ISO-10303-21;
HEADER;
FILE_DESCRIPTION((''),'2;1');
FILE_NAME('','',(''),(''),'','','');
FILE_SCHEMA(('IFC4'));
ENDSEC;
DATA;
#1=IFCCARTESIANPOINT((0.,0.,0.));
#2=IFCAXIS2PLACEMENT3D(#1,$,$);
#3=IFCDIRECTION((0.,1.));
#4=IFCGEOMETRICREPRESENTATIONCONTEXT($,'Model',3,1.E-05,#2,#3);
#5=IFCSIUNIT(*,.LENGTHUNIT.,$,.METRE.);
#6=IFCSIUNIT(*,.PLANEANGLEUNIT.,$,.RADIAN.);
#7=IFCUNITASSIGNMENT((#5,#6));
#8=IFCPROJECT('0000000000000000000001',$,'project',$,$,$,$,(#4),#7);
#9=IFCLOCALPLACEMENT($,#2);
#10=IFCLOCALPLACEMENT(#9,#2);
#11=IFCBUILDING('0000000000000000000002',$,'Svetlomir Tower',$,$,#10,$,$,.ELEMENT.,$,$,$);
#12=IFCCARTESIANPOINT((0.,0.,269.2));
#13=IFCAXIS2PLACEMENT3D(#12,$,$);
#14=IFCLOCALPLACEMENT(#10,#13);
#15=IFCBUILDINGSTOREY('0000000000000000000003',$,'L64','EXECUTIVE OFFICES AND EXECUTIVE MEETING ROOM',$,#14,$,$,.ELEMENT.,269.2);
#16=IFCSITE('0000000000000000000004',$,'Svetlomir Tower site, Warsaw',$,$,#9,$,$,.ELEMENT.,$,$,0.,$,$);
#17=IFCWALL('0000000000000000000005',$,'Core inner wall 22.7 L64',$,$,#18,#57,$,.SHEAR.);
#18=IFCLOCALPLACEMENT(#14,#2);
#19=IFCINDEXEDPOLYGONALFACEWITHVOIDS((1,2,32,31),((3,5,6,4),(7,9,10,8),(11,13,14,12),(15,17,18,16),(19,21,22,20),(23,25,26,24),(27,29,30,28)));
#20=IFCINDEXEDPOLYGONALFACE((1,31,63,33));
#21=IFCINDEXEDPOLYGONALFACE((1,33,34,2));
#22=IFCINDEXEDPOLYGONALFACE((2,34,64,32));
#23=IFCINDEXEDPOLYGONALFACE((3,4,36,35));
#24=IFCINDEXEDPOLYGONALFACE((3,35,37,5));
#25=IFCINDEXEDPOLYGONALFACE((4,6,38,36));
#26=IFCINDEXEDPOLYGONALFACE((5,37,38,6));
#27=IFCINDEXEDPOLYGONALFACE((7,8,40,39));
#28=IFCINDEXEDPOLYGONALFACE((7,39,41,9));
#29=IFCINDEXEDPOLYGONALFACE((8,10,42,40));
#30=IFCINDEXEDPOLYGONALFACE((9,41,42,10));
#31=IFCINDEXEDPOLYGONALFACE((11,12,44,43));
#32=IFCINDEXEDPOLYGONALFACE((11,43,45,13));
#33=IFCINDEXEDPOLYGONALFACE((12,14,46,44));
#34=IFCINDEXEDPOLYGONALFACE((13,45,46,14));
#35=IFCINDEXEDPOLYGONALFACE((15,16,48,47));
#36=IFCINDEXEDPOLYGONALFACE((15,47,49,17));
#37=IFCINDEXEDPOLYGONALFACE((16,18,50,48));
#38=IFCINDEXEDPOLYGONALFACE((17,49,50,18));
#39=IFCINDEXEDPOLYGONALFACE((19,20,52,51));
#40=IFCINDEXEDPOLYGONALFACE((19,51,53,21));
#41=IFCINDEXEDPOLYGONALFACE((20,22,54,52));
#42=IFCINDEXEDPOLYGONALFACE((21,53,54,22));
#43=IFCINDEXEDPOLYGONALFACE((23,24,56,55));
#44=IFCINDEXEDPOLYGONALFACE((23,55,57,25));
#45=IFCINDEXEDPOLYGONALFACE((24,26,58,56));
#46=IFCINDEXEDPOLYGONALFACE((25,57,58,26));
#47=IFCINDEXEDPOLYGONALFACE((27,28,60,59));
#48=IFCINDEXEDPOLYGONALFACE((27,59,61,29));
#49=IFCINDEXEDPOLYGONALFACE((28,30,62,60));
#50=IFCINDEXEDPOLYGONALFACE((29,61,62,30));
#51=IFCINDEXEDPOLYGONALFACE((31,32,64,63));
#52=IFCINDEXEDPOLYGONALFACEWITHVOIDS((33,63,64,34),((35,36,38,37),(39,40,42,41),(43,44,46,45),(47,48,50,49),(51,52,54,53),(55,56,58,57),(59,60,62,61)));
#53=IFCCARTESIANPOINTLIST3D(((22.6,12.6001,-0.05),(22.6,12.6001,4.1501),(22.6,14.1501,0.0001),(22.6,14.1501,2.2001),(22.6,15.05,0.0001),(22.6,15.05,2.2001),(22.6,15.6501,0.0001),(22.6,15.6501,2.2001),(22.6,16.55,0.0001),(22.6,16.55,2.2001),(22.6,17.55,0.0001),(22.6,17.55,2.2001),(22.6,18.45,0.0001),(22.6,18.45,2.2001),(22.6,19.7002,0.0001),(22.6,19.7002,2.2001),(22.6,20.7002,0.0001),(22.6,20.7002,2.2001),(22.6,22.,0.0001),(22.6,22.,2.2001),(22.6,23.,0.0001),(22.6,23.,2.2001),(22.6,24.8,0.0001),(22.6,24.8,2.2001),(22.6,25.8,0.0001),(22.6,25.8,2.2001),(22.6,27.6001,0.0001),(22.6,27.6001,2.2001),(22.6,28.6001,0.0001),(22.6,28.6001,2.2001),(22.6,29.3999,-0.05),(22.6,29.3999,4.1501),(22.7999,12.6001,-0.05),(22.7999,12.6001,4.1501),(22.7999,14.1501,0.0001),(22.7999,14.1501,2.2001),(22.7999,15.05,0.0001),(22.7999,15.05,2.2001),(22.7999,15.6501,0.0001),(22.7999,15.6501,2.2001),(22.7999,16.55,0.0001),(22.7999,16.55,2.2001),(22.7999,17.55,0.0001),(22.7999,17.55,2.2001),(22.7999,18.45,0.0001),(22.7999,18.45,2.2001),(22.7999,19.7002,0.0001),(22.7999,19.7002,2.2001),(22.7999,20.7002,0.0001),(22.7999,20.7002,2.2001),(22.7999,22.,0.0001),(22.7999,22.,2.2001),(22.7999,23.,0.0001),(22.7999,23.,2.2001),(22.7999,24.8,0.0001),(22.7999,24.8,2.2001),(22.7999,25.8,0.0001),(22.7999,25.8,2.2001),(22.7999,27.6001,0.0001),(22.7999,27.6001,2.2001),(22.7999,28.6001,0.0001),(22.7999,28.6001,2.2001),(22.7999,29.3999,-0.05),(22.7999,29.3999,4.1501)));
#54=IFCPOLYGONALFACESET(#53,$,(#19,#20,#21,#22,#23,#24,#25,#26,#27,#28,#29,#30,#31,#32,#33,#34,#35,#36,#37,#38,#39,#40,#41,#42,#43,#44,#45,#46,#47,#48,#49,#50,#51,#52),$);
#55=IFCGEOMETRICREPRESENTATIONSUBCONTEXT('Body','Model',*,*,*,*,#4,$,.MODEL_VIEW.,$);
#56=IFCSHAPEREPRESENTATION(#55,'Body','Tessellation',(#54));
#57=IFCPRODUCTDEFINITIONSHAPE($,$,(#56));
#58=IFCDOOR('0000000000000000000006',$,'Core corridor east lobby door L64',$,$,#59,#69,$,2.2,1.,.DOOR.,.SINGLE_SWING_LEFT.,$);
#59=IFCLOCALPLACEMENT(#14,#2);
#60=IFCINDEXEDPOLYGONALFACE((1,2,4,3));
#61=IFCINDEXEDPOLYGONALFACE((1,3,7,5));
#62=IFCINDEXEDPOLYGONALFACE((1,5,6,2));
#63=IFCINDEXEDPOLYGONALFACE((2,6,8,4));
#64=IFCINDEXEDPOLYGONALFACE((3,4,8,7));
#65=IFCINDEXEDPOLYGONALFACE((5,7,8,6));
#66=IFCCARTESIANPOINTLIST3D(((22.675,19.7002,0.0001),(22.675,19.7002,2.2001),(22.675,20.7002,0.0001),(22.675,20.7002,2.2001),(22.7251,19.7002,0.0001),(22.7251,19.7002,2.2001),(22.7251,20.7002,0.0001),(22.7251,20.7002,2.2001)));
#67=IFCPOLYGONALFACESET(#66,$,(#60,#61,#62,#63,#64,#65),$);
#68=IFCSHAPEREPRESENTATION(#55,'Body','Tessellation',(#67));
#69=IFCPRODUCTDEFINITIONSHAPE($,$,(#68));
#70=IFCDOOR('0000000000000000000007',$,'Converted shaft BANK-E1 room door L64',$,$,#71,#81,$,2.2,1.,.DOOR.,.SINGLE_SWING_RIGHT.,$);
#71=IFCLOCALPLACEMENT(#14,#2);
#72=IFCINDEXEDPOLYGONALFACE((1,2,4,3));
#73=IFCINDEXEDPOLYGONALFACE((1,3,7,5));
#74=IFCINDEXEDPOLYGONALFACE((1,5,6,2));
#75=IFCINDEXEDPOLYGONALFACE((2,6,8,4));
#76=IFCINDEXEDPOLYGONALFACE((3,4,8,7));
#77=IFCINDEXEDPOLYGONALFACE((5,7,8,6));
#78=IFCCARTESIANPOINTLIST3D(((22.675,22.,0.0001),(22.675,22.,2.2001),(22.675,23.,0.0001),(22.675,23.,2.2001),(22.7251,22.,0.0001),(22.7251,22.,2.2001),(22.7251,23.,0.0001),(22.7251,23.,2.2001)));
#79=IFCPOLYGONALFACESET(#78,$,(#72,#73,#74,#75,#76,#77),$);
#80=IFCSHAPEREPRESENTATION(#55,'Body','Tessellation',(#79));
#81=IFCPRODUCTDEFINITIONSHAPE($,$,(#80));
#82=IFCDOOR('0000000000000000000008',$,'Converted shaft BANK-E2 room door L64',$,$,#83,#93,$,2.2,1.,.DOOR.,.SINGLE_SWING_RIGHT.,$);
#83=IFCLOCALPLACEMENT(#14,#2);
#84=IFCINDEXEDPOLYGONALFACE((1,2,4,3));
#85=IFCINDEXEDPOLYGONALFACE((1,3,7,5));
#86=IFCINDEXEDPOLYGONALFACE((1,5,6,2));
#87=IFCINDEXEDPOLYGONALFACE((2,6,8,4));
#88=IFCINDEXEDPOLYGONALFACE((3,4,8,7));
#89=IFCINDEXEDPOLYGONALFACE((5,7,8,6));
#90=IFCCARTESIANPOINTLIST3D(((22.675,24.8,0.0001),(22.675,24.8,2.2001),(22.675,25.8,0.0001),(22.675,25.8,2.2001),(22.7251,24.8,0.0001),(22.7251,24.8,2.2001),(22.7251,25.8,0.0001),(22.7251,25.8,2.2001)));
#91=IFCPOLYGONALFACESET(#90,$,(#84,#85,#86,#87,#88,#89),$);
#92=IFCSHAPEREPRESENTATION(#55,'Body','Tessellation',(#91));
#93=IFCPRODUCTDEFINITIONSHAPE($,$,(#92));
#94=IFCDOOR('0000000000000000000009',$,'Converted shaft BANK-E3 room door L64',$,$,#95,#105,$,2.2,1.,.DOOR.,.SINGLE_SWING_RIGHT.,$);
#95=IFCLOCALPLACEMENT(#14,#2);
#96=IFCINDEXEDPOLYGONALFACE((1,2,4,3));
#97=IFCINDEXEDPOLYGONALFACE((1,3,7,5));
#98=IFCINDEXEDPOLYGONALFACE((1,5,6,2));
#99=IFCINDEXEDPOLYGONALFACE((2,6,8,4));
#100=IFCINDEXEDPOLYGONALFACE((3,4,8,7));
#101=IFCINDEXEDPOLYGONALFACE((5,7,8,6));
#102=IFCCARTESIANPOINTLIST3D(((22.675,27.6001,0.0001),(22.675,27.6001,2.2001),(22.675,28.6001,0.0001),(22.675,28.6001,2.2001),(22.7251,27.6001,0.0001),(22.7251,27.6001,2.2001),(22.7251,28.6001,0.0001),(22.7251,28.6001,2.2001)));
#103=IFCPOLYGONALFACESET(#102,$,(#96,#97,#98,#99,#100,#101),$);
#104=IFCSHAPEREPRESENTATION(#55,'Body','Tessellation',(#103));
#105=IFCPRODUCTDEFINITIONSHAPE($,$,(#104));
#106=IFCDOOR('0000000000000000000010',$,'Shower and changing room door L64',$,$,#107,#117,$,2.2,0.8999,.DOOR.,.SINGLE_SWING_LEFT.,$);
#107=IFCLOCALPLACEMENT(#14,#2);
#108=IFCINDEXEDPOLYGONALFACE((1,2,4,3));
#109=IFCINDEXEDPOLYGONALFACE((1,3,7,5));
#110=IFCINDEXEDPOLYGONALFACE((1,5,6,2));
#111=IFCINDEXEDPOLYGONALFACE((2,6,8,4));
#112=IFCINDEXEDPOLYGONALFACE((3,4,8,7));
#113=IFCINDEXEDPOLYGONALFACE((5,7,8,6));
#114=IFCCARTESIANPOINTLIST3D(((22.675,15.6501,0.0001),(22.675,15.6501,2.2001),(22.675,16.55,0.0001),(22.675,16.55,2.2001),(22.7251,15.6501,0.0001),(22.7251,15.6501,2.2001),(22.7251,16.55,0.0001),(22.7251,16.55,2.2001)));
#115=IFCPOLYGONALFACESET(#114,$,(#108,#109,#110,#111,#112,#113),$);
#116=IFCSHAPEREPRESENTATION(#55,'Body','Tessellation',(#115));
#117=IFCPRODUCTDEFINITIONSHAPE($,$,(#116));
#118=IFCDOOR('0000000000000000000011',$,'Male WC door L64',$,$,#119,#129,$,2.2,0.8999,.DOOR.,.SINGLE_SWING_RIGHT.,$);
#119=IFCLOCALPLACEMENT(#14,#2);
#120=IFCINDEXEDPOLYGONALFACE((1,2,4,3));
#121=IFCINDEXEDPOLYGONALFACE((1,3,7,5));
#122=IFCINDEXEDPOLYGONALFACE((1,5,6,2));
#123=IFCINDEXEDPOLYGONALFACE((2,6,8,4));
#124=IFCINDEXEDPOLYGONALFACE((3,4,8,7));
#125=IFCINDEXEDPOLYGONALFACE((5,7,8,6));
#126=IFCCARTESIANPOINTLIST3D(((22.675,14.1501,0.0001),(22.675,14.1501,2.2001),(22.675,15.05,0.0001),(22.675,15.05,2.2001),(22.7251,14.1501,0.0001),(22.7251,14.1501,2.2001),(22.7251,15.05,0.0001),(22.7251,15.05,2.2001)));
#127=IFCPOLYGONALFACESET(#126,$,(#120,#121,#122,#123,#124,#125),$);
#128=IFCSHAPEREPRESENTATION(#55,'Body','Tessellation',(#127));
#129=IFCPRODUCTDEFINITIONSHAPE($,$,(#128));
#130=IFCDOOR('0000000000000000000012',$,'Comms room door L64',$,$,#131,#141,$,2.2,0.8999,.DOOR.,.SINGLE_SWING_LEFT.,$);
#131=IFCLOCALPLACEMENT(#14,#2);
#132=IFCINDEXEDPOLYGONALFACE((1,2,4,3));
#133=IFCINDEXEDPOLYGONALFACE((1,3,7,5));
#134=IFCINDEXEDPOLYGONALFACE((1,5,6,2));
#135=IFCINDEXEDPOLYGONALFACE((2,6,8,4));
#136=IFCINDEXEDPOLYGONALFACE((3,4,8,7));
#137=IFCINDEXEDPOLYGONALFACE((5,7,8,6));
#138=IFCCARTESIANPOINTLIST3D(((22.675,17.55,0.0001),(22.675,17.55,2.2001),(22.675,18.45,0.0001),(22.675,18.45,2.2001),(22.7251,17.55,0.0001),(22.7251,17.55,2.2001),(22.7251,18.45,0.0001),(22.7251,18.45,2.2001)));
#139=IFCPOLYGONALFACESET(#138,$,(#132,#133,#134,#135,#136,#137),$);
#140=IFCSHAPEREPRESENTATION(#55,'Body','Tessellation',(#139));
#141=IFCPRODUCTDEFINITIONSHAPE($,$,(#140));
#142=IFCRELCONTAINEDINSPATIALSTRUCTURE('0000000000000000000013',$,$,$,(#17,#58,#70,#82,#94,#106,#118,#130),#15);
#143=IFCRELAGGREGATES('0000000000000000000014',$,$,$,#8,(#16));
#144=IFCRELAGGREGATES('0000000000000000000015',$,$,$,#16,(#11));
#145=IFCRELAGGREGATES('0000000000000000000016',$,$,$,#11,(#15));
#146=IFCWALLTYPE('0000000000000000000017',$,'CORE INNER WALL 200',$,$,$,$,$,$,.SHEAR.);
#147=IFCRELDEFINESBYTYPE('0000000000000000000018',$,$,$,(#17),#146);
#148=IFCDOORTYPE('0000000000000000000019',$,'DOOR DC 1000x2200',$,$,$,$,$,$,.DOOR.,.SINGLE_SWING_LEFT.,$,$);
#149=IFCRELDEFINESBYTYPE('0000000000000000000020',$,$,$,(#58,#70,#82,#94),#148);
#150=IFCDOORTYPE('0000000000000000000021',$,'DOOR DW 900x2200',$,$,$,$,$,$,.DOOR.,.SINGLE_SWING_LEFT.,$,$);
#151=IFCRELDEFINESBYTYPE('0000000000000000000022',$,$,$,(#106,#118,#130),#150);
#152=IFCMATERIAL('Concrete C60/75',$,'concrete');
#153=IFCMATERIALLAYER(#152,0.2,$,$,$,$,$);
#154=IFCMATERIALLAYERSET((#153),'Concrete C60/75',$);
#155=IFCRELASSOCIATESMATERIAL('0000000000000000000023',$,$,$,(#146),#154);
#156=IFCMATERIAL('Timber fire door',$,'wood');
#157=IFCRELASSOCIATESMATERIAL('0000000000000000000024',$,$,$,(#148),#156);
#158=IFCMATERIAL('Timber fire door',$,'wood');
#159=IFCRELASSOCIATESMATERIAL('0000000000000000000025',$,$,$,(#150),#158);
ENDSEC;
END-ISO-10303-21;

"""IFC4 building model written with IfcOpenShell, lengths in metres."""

from ifc_helpers import new_model, si_unit, direction, frame, frame_2d, origin, place, context, subcontext, project, spatial, rectangle, extrude, material, layer, layer_set, type_object, element, fill, save


model = new_model("IFC4")

# Units and contexts
model_context = context("Model", 3, precision=1e-05, world=origin(), true_north=direction((0.0, 1.0)))
body_context = subcontext(model_context, "Body", "Model", "MODEL_VIEW")
ifc_project = project(units=[si_unit("LENGTHUNIT", "METRE"), si_unit("PLANEANGLEUNIT", "RADIAN")], contexts=[model_context])

# Site, building, storey
site_placement = place(None, origin())
site = spatial("IfcSite", under=ifc_project, at=site_placement, Name="Svetlomir Tower site, Warsaw", CompositionType="ELEMENT", RefElevation=0.0)
building_placement = place(site_placement, origin())
building = spatial("IfcBuilding", under=site, at=building_placement, Name="Svetlomir Tower", CompositionType="ELEMENT")
storey_placement = place(building_placement, frame((0.0, 0.0, 269.2)))
storey = spatial("IfcBuildingStorey", under=building, at=storey_placement, Name="L64", Description="EXECUTIVE OFFICES AND EXECUTIVE MEETING ROOM", CompositionType="ELEMENT", Elevation=269.2)

# Wall, openings, doors
ifc_material_1 = material(Name="Concrete C60/75", Category="concrete")
ifc_layer_1 = layer(ifc_material_1, 0.2)
ifc_layer_set_1 = layer_set([ifc_layer_1], Name="Concrete C60/75")
wall_type_1 = type_object("IfcWallType", Name="CORE INNER WALL 200", PredefinedType="SHEAR", material=ifc_layer_set_1)
wall_1_placement = place(storey_placement, frame((22.7, 12.6001, -0.05), z_axis=(0.0, 0.0, 1.0), x_axis=(0.0, 1.0, 0.0)))
wall_1 = element("IfcWall", 1, at=wall_1_placement, inside=storey, type_object=wall_type_1, Name="Core inner wall 22.7 L64", PredefinedType="SHEAR", context=body_context, shape_type="SweptSolid", body=[
    extrude(rectangle(XDim=16.7998, YDim=0.2, at=frame_2d((8.3999, 0.0))), origin(), (0.0, 0.0, 1.0), 4.2002),
])
opening_1_placement = place(wall_1_placement, frame((3.05, 0.0, 0.05)))
opening_1 = element("IfcOpeningElement", 2, at=opening_1_placement, cuts=wall_1, PredefinedType="OPENING", context=body_context, shape_type="SweptSolid", body=[
    extrude(rectangle(XDim=0.8999, YDim=2.2, at=frame_2d((0.45, 1.1001))), frame((0.0, 0.1099, 0.0), z_axis=(0.0, -1.0, 0.0), x_axis=(1.0, 0.0, 0.0)), (0.0, 0.0, 1.0), 0.22),
])
opening_2_placement = place(wall_1_placement, frame((7.1001, 0.0, 0.05)))
opening_2 = element("IfcOpeningElement", 3, at=opening_2_placement, cuts=wall_1, PredefinedType="OPENING", context=body_context, shape_type="SweptSolid", body=[
    extrude(rectangle(XDim=1.0, YDim=2.2, at=frame_2d((0.5, 1.1001))), frame((0.0, 0.1099, 0.0), z_axis=(0.0, -1.0, 0.0), x_axis=(1.0, 0.0, 0.0)), (0.0, 0.0, 1.0), 0.22),
])
opening_3_placement = place(wall_1_placement, frame((1.55, 0.0, 0.05)))
opening_3 = element("IfcOpeningElement", 4, at=opening_3_placement, cuts=wall_1, PredefinedType="OPENING", context=body_context, shape_type="SweptSolid", body=[
    extrude(rectangle(XDim=0.8999, YDim=2.2, at=frame_2d((0.45, 1.1001))), frame((0.0, 0.1099, 0.0), z_axis=(0.0, -1.0, 0.0), x_axis=(1.0, 0.0, 0.0)), (0.0, 0.0, 1.0), 0.22),
])
opening_4_placement = place(wall_1_placement, frame((4.95, 0.0, 0.05)))
opening_4 = element("IfcOpeningElement", 5, at=opening_4_placement, cuts=wall_1, PredefinedType="OPENING", context=body_context, shape_type="SweptSolid", body=[
    extrude(rectangle(XDim=0.8999, YDim=2.2, at=frame_2d((0.45, 1.1001))), frame((0.0, 0.1099, 0.0), z_axis=(0.0, -1.0, 0.0), x_axis=(1.0, 0.0, 0.0)), (0.0, 0.0, 1.0), 0.22),
])
opening_5_placement = place(wall_1_placement, frame((9.3999, 0.0, 0.05)))
opening_5 = element("IfcOpeningElement", 6, at=opening_5_placement, cuts=wall_1, PredefinedType="OPENING", context=body_context, shape_type="SweptSolid", body=[
    extrude(rectangle(XDim=1.0, YDim=2.2, at=frame_2d((0.5, 1.1001))), frame((0.0, 0.1099, 0.0), z_axis=(0.0, -1.0, 0.0), x_axis=(1.0, 0.0, 0.0)), (0.0, 0.0, 1.0), 0.22),
])
opening_6_placement = place(wall_1_placement, frame((12.2, 0.0, 0.05)))
opening_6 = element("IfcOpeningElement", 7, at=opening_6_placement, cuts=wall_1, PredefinedType="OPENING", context=body_context, shape_type="SweptSolid", body=[
    extrude(rectangle(XDim=1.0, YDim=2.2, at=frame_2d((0.5, 1.1001))), frame((0.0, 0.1099, 0.0), z_axis=(0.0, -1.0, 0.0), x_axis=(1.0, 0.0, 0.0)), (0.0, 0.0, 1.0), 0.22),
])
opening_7_placement = place(wall_1_placement, frame((15.0, 0.0, 0.05)))
opening_7 = element("IfcOpeningElement", 8, at=opening_7_placement, cuts=wall_1, PredefinedType="OPENING", context=body_context, shape_type="SweptSolid", body=[
    extrude(rectangle(XDim=1.0, YDim=2.2, at=frame_2d((0.5, 1.1001))), frame((0.0, 0.1099, 0.0), z_axis=(0.0, -1.0, 0.0), x_axis=(1.0, 0.0, 0.0)), (0.0, 0.0, 1.0), 0.22),
])
ifc_material_2 = material(Name="Timber fire door", Category="wood")
door_type_1 = type_object("IfcDoorType", Name="DOOR DC 1000x2200", OperationType="SINGLE_SWING_LEFT", PredefinedType="DOOR", material=ifc_material_2)
door_1_placement = place(opening_2_placement, origin())
door_1 = element("IfcDoor", 9, at=door_1_placement, inside=storey, type_object=door_type_1, Name="Core corridor east lobby door L64", OperationType="SINGLE_SWING_LEFT", OverallHeight=2.2, OverallWidth=1.0, PredefinedType="DOOR", context=body_context, shape_type="SweptSolid", body=[
    extrude(rectangle(XDim=1.0, YDim=2.2, at=frame_2d((0.5, 1.1001))), frame((0.0, 0.0249, 0.0), z_axis=(0.0, -1.0, 0.0), x_axis=(1.0, 0.0, 0.0)), (0.0, 0.0, 1.0), 0.05),
])
fill(opening_2, door_1)
door_2_placement = place(opening_5_placement, origin())
door_2 = element("IfcDoor", 10, at=door_2_placement, inside=storey, type_object=door_type_1, Name="Converted shaft BANK-E1 room door L64", OperationType="SINGLE_SWING_RIGHT", OverallHeight=2.2, OverallWidth=1.0, PredefinedType="DOOR", context=body_context, shape_type="SweptSolid", body=[
    extrude(rectangle(XDim=1.0, YDim=2.2, at=frame_2d((0.5, 1.1001))), frame((0.0, 0.0249, 0.0), z_axis=(0.0, -1.0, 0.0), x_axis=(1.0, 0.0, 0.0)), (0.0, 0.0, 1.0), 0.05),
])
fill(opening_5, door_2)
door_3_placement = place(opening_6_placement, origin())
door_3 = element("IfcDoor", 11, at=door_3_placement, inside=storey, type_object=door_type_1, Name="Converted shaft BANK-E2 room door L64", OperationType="SINGLE_SWING_RIGHT", OverallHeight=2.2, OverallWidth=1.0, PredefinedType="DOOR", context=body_context, shape_type="SweptSolid", body=[
    extrude(rectangle(XDim=1.0, YDim=2.2, at=frame_2d((0.5, 1.1001))), frame((0.0, 0.0249, 0.0), z_axis=(0.0, -1.0, 0.0), x_axis=(1.0, 0.0, 0.0)), (0.0, 0.0, 1.0), 0.05),
])
fill(opening_6, door_3)
door_4_placement = place(opening_7_placement, origin())
door_4 = element("IfcDoor", 12, at=door_4_placement, inside=storey, type_object=door_type_1, Name="Converted shaft BANK-E3 room door L64", OperationType="SINGLE_SWING_RIGHT", OverallHeight=2.2, OverallWidth=1.0, PredefinedType="DOOR", context=body_context, shape_type="SweptSolid", body=[
    extrude(rectangle(XDim=1.0, YDim=2.2, at=frame_2d((0.5, 1.1001))), frame((0.0, 0.0249, 0.0), z_axis=(0.0, -1.0, 0.0), x_axis=(1.0, 0.0, 0.0)), (0.0, 0.0, 1.0), 0.05),
])
fill(opening_7, door_4)
ifc_material_3 = material(Name="Timber fire door", Category="wood")
door_type_2 = type_object("IfcDoorType", Name="DOOR DW 900x2200", OperationType="SINGLE_SWING_LEFT", PredefinedType="DOOR", material=ifc_material_3)
door_5_placement = place(opening_1_placement, origin())
door_5 = element("IfcDoor", 13, at=door_5_placement, inside=storey, type_object=door_type_2, Name="Shower and changing room door L64", OperationType="SINGLE_SWING_LEFT", OverallHeight=2.2, OverallWidth=0.8999, PredefinedType="DOOR", context=body_context, shape_type="SweptSolid", body=[
    extrude(rectangle(XDim=0.8999, YDim=2.2, at=frame_2d((0.45, 1.1001))), frame((0.0, 0.0249, 0.0), z_axis=(0.0, -1.0, 0.0), x_axis=(1.0, 0.0, 0.0)), (0.0, 0.0, 1.0), 0.05),
])
fill(opening_1, door_5)
door_6_placement = place(opening_3_placement, origin())
door_6 = element("IfcDoor", 14, at=door_6_placement, inside=storey, type_object=door_type_2, Name="Male WC door L64", OperationType="SINGLE_SWING_RIGHT", OverallHeight=2.2, OverallWidth=0.8999, PredefinedType="DOOR", context=body_context, shape_type="SweptSolid", body=[
    extrude(rectangle(XDim=0.8999, YDim=2.2, at=frame_2d((0.45, 1.1001))), frame((0.0, 0.0249, 0.0), z_axis=(0.0, -1.0, 0.0), x_axis=(1.0, 0.0, 0.0)), (0.0, 0.0, 1.0), 0.05),
])
fill(opening_3, door_6)
door_7_placement = place(opening_4_placement, origin())
door_7 = element("IfcDoor", 15, at=door_7_placement, inside=storey, type_object=door_type_2, Name="Comms room door L64", OperationType="SINGLE_SWING_LEFT", OverallHeight=2.2, OverallWidth=0.8999, PredefinedType="DOOR", context=body_context, shape_type="SweptSolid", body=[
    extrude(rectangle(XDim=0.8999, YDim=2.2, at=frame_2d((0.45, 1.1001))), frame((0.0, 0.0249, 0.0), z_axis=(0.0, -1.0, 0.0), x_axis=(1.0, 0.0, 0.0)), (0.0, 0.0, 1.0), 0.05),
])
fill(opening_4, door_7)

save(model, "model.ifc")
